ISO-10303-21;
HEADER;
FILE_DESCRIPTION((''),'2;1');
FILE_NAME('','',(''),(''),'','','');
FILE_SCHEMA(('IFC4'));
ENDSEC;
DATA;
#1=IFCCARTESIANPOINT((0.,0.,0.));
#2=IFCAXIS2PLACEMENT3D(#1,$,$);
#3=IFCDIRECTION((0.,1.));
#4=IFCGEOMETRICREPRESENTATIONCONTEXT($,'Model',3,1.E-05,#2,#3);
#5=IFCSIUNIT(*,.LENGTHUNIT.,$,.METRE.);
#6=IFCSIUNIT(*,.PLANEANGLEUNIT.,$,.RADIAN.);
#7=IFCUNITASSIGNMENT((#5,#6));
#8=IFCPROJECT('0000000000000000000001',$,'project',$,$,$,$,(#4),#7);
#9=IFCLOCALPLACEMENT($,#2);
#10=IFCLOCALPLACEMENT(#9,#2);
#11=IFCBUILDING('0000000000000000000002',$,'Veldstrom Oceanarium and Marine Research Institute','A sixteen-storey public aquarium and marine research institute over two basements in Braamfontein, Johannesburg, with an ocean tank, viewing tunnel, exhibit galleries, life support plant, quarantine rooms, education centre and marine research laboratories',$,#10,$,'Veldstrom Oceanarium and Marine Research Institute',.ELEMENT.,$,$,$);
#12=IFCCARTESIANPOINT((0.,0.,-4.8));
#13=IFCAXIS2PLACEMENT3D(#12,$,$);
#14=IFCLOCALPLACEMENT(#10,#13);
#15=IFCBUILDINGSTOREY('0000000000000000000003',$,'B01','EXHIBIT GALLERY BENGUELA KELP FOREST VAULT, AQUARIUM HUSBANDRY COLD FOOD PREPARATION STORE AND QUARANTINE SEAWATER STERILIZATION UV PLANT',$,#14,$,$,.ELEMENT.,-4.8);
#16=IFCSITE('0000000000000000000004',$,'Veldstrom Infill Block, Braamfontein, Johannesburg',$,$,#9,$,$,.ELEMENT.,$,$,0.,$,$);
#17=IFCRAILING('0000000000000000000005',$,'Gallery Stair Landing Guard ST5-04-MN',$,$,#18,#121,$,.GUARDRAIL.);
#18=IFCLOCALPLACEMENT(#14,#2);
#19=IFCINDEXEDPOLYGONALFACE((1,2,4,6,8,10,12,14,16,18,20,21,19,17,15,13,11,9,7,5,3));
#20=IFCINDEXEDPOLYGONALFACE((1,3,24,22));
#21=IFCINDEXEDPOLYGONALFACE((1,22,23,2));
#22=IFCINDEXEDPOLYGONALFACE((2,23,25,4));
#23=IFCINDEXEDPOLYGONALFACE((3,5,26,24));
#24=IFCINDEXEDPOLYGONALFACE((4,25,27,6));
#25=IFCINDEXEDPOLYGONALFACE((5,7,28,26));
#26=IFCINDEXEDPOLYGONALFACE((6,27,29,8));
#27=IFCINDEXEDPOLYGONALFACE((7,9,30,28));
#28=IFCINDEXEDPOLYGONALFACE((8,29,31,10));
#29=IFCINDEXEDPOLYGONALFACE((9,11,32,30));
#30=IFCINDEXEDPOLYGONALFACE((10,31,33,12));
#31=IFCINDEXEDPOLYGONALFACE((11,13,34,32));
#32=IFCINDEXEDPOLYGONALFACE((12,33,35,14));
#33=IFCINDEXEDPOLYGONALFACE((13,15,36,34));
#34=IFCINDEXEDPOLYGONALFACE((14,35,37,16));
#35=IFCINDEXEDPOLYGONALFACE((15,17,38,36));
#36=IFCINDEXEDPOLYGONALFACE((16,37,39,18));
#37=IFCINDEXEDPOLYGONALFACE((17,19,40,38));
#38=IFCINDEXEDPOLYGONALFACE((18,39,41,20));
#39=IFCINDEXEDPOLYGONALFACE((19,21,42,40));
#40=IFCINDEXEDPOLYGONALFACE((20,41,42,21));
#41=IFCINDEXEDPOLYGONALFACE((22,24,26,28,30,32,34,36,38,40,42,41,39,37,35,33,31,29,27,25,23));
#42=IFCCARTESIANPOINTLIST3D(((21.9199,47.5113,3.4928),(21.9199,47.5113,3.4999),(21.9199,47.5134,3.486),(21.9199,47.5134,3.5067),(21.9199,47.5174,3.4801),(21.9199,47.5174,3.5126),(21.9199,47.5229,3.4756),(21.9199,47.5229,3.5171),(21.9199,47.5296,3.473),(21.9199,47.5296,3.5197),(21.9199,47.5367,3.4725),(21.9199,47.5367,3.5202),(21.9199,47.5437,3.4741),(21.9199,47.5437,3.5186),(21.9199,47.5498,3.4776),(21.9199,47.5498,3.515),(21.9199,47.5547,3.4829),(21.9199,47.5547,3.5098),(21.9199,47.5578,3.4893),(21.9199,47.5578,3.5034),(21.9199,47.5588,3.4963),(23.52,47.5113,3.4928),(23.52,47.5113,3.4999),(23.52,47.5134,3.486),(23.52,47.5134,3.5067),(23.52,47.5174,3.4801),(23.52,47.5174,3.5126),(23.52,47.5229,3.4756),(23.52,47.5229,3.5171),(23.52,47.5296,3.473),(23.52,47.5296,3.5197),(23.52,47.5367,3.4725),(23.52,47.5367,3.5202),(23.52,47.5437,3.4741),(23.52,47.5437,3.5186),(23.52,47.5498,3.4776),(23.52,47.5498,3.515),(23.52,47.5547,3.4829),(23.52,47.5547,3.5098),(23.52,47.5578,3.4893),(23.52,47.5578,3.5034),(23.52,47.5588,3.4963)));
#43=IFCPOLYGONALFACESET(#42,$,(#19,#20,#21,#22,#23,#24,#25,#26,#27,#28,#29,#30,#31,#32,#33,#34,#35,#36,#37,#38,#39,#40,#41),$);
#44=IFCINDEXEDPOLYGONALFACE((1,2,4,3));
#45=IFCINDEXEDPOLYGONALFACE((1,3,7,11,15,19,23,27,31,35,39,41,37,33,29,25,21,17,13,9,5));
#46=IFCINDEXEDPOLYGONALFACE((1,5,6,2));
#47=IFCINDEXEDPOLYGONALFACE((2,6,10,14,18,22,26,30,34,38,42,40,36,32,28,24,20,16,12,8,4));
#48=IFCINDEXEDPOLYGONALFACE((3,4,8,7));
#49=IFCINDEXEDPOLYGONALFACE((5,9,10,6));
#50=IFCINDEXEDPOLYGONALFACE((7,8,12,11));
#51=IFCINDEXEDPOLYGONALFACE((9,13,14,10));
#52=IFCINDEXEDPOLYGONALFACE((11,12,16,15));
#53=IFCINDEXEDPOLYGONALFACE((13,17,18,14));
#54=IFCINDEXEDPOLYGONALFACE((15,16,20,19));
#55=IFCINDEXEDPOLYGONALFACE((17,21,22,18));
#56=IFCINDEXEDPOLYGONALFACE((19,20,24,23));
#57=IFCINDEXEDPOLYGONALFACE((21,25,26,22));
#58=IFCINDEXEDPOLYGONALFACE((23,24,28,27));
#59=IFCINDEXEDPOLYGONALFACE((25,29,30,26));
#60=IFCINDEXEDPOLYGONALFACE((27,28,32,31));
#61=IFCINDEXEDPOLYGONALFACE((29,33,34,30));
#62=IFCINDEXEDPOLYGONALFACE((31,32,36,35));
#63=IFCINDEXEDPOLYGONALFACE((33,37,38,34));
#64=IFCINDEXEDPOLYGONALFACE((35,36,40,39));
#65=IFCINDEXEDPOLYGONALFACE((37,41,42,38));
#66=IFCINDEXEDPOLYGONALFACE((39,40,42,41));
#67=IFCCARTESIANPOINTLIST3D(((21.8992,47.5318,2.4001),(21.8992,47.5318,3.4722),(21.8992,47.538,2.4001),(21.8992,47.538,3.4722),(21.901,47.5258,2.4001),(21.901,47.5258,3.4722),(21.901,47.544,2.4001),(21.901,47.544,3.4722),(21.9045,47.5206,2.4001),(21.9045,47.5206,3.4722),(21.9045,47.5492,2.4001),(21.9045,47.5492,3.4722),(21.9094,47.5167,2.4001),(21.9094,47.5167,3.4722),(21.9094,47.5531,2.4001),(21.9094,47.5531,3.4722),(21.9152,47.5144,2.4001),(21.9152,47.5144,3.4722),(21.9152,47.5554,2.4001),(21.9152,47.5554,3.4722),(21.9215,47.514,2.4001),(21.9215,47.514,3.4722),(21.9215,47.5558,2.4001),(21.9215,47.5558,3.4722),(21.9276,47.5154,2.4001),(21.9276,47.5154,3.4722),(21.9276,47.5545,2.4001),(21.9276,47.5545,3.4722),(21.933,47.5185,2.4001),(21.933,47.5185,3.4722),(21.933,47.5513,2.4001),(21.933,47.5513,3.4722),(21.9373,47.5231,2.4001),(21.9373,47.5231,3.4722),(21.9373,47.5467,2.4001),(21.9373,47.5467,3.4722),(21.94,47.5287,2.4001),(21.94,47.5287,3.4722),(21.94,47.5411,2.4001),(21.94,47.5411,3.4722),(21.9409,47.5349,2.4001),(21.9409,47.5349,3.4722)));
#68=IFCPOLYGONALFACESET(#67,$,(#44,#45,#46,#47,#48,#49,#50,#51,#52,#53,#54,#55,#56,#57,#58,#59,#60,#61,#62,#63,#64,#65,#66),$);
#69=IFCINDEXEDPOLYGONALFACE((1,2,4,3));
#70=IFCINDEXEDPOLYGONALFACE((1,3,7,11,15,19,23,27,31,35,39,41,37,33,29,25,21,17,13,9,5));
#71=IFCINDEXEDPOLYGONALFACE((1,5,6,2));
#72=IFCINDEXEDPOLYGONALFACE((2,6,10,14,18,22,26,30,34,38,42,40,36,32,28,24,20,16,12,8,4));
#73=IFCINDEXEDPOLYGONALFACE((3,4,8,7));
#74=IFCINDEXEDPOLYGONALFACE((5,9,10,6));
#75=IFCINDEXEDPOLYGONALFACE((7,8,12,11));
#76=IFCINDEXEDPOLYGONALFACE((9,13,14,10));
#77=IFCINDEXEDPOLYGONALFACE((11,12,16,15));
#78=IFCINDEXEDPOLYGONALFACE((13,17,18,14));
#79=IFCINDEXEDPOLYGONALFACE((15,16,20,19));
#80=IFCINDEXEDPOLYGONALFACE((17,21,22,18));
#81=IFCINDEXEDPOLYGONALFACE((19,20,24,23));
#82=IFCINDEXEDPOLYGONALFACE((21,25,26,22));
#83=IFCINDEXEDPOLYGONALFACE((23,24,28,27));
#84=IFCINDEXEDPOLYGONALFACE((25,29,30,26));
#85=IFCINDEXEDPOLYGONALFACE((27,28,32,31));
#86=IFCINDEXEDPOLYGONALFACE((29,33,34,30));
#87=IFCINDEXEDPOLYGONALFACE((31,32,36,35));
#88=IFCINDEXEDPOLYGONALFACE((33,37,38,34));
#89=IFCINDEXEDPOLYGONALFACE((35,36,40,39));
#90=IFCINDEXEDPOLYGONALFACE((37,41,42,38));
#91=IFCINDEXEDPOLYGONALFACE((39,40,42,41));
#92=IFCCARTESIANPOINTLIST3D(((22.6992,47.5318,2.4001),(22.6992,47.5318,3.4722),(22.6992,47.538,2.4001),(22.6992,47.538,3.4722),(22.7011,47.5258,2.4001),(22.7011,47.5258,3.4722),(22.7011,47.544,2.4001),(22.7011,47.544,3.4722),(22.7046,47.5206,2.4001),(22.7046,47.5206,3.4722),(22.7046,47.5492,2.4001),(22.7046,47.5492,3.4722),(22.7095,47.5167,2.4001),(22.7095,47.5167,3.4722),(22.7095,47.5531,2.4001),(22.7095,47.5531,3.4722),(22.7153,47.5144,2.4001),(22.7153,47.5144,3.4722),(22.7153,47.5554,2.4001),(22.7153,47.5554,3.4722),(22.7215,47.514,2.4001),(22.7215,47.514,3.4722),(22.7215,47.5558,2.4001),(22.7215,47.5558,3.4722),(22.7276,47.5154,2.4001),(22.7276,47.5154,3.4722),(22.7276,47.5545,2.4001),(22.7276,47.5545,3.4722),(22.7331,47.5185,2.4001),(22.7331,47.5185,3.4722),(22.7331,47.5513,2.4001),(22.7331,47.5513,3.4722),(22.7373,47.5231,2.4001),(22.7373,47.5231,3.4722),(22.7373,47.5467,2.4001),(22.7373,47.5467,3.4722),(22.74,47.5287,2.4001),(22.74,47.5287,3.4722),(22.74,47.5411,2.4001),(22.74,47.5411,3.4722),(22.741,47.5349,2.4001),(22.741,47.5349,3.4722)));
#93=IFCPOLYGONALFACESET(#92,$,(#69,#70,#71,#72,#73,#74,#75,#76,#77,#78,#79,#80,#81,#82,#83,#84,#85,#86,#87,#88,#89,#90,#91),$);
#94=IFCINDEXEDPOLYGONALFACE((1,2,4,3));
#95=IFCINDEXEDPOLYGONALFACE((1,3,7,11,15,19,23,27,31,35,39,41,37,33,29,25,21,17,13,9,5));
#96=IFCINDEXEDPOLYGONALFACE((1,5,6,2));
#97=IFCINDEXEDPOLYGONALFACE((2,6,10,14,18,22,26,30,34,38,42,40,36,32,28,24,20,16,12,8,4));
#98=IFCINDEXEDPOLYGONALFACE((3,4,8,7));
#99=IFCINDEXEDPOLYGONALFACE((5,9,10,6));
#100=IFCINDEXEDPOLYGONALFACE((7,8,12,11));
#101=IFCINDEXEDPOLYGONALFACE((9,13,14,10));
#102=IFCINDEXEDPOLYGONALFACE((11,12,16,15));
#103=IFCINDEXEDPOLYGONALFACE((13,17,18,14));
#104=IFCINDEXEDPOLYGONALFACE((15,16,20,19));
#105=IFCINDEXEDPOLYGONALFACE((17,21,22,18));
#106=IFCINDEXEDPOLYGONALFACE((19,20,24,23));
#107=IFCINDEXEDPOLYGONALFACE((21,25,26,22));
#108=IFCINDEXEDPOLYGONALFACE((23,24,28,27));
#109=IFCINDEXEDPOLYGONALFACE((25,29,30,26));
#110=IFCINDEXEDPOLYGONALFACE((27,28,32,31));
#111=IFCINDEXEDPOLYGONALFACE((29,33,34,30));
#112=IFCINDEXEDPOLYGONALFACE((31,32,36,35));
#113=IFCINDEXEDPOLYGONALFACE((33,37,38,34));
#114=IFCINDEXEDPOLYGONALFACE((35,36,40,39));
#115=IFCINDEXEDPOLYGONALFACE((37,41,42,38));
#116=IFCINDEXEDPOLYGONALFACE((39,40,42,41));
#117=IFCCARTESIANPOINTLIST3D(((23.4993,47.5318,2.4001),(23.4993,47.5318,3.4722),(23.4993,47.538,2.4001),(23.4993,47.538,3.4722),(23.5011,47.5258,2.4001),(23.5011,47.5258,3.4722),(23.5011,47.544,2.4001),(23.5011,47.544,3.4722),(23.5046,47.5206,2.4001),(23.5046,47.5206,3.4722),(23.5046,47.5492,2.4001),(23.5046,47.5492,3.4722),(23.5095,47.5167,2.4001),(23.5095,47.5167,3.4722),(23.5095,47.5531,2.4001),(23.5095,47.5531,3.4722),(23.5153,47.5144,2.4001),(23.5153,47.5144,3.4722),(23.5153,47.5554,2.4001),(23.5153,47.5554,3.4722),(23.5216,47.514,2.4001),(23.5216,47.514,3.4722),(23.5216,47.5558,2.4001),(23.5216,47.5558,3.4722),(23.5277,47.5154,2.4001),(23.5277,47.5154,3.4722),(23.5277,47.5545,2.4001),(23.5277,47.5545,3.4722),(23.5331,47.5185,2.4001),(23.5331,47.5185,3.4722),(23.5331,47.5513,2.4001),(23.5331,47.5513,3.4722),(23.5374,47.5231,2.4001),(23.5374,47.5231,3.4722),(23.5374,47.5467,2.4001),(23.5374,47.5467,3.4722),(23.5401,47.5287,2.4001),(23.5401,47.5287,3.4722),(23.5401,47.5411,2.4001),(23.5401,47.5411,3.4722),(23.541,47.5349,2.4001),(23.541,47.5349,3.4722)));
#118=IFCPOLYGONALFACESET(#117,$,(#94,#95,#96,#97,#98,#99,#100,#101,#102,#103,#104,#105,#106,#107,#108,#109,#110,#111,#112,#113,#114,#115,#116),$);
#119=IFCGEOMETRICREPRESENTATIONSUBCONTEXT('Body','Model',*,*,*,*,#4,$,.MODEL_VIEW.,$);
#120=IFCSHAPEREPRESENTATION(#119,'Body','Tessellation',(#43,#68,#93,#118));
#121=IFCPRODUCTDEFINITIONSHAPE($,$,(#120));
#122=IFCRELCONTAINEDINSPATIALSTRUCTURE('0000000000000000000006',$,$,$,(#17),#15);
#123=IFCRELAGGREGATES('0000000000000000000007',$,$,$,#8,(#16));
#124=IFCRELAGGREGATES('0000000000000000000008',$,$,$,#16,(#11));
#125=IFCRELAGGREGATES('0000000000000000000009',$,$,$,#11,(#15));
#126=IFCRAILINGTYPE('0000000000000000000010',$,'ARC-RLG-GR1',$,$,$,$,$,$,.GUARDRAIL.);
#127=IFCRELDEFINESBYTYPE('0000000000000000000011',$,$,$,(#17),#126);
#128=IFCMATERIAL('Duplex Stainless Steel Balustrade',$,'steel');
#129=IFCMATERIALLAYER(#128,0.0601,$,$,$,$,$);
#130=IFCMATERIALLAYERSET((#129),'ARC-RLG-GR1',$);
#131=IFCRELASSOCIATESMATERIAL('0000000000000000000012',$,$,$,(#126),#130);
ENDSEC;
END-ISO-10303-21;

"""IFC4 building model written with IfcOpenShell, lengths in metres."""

from ifc_helpers import new_model, si_unit, direction, frame, origin, origin_2d, place, context, subcontext, project, spatial, circle, extrude, material, layer, layer_set, type_object, element, save


model = new_model("IFC4")

# Units and contexts
model_context = context("Model", 3, precision=1e-05, world=origin(), true_north=direction((0.0, 1.0)))
body_context = subcontext(model_context, "Body", "Model", "MODEL_VIEW")
ifc_project = project(units=[si_unit("LENGTHUNIT", "METRE"), si_unit("PLANEANGLEUNIT", "RADIAN")], contexts=[model_context])

# Site, building, storey
site_placement = place(None, origin())
site = spatial("IfcSite", under=ifc_project, at=site_placement, Name="Veldstrom Infill Block, Braamfontein, Johannesburg", CompositionType="ELEMENT", RefElevation=0.0)
building_placement = place(site_placement, origin())
building = spatial("IfcBuilding", under=site, at=building_placement, Name="Veldstrom Oceanarium and Marine Research Institute", Description="A sixteen-storey public aquarium and marine research institute over two basements in Braamfontein, Johannesburg, with an ocean tank, viewing tunnel, exhibit galleries, life support plant, quarantine rooms, education centre and marine research laboratories", LongName="Veldstrom Oceanarium and Marine Research Institute", CompositionType="ELEMENT")
storey_placement = place(building_placement, frame((0.0, 0.0, -4.8)))
storey = spatial("IfcBuildingStorey", under=building, at=storey_placement, Name="B01", Description="EXHIBIT GALLERY BENGUELA KELP FOREST VAULT, AQUARIUM HUSBANDRY COLD FOOD PREPARATION STORE AND QUARANTINE SEAWATER STERILIZATION UV PLANT", CompositionType="ELEMENT", Elevation=-4.8)

# Railing
ifc_material_1 = material(Name="Duplex Stainless Steel Balustrade", Category="steel")
ifc_layer_1 = layer(ifc_material_1, 0.0601)
ifc_layer_set_1 = layer_set([ifc_layer_1], Name="ARC-RLG-GR1")
railing_type = type_object("IfcRailingType", Name="ARC-RLG-GR1", PredefinedType="GUARDRAIL", material=ifc_layer_set_1)
railing_1_placement = place(storey_placement, frame((21.9199, 47.5349, 2.4001)))
element("IfcRailing", 1, at=railing_1_placement, inside=storey, type_object=railing_type, Name="Gallery Stair Landing Guard ST5-04-MN", PredefinedType="GUARDRAIL", context=body_context, shape_type="SweptSolid", body=[
    extrude(circle(Radius=0.0239, at=origin_2d()), frame((0.0, 0.0, 1.0962), z_axis=(1.0, 0.0, 0.0), x_axis=(0.0, 1.0, 0.0)), (0.0, 0.0, 1.0), 1.6001),
    extrude(circle(Radius=0.021, at=origin_2d()), origin(), (0.0, 0.0, 1.0), 1.072),
    extrude(circle(Radius=0.021, at=origin_2d()), frame((0.8, 0.0, 0.0)), (0.0, 0.0, 1.0), 1.072),
    extrude(circle(Radius=0.021, at=origin_2d()), frame((1.6001, 0.0, 0.0)), (0.0, 0.0, 1.0), 1.072),
])

save(model, "model.ifc")
